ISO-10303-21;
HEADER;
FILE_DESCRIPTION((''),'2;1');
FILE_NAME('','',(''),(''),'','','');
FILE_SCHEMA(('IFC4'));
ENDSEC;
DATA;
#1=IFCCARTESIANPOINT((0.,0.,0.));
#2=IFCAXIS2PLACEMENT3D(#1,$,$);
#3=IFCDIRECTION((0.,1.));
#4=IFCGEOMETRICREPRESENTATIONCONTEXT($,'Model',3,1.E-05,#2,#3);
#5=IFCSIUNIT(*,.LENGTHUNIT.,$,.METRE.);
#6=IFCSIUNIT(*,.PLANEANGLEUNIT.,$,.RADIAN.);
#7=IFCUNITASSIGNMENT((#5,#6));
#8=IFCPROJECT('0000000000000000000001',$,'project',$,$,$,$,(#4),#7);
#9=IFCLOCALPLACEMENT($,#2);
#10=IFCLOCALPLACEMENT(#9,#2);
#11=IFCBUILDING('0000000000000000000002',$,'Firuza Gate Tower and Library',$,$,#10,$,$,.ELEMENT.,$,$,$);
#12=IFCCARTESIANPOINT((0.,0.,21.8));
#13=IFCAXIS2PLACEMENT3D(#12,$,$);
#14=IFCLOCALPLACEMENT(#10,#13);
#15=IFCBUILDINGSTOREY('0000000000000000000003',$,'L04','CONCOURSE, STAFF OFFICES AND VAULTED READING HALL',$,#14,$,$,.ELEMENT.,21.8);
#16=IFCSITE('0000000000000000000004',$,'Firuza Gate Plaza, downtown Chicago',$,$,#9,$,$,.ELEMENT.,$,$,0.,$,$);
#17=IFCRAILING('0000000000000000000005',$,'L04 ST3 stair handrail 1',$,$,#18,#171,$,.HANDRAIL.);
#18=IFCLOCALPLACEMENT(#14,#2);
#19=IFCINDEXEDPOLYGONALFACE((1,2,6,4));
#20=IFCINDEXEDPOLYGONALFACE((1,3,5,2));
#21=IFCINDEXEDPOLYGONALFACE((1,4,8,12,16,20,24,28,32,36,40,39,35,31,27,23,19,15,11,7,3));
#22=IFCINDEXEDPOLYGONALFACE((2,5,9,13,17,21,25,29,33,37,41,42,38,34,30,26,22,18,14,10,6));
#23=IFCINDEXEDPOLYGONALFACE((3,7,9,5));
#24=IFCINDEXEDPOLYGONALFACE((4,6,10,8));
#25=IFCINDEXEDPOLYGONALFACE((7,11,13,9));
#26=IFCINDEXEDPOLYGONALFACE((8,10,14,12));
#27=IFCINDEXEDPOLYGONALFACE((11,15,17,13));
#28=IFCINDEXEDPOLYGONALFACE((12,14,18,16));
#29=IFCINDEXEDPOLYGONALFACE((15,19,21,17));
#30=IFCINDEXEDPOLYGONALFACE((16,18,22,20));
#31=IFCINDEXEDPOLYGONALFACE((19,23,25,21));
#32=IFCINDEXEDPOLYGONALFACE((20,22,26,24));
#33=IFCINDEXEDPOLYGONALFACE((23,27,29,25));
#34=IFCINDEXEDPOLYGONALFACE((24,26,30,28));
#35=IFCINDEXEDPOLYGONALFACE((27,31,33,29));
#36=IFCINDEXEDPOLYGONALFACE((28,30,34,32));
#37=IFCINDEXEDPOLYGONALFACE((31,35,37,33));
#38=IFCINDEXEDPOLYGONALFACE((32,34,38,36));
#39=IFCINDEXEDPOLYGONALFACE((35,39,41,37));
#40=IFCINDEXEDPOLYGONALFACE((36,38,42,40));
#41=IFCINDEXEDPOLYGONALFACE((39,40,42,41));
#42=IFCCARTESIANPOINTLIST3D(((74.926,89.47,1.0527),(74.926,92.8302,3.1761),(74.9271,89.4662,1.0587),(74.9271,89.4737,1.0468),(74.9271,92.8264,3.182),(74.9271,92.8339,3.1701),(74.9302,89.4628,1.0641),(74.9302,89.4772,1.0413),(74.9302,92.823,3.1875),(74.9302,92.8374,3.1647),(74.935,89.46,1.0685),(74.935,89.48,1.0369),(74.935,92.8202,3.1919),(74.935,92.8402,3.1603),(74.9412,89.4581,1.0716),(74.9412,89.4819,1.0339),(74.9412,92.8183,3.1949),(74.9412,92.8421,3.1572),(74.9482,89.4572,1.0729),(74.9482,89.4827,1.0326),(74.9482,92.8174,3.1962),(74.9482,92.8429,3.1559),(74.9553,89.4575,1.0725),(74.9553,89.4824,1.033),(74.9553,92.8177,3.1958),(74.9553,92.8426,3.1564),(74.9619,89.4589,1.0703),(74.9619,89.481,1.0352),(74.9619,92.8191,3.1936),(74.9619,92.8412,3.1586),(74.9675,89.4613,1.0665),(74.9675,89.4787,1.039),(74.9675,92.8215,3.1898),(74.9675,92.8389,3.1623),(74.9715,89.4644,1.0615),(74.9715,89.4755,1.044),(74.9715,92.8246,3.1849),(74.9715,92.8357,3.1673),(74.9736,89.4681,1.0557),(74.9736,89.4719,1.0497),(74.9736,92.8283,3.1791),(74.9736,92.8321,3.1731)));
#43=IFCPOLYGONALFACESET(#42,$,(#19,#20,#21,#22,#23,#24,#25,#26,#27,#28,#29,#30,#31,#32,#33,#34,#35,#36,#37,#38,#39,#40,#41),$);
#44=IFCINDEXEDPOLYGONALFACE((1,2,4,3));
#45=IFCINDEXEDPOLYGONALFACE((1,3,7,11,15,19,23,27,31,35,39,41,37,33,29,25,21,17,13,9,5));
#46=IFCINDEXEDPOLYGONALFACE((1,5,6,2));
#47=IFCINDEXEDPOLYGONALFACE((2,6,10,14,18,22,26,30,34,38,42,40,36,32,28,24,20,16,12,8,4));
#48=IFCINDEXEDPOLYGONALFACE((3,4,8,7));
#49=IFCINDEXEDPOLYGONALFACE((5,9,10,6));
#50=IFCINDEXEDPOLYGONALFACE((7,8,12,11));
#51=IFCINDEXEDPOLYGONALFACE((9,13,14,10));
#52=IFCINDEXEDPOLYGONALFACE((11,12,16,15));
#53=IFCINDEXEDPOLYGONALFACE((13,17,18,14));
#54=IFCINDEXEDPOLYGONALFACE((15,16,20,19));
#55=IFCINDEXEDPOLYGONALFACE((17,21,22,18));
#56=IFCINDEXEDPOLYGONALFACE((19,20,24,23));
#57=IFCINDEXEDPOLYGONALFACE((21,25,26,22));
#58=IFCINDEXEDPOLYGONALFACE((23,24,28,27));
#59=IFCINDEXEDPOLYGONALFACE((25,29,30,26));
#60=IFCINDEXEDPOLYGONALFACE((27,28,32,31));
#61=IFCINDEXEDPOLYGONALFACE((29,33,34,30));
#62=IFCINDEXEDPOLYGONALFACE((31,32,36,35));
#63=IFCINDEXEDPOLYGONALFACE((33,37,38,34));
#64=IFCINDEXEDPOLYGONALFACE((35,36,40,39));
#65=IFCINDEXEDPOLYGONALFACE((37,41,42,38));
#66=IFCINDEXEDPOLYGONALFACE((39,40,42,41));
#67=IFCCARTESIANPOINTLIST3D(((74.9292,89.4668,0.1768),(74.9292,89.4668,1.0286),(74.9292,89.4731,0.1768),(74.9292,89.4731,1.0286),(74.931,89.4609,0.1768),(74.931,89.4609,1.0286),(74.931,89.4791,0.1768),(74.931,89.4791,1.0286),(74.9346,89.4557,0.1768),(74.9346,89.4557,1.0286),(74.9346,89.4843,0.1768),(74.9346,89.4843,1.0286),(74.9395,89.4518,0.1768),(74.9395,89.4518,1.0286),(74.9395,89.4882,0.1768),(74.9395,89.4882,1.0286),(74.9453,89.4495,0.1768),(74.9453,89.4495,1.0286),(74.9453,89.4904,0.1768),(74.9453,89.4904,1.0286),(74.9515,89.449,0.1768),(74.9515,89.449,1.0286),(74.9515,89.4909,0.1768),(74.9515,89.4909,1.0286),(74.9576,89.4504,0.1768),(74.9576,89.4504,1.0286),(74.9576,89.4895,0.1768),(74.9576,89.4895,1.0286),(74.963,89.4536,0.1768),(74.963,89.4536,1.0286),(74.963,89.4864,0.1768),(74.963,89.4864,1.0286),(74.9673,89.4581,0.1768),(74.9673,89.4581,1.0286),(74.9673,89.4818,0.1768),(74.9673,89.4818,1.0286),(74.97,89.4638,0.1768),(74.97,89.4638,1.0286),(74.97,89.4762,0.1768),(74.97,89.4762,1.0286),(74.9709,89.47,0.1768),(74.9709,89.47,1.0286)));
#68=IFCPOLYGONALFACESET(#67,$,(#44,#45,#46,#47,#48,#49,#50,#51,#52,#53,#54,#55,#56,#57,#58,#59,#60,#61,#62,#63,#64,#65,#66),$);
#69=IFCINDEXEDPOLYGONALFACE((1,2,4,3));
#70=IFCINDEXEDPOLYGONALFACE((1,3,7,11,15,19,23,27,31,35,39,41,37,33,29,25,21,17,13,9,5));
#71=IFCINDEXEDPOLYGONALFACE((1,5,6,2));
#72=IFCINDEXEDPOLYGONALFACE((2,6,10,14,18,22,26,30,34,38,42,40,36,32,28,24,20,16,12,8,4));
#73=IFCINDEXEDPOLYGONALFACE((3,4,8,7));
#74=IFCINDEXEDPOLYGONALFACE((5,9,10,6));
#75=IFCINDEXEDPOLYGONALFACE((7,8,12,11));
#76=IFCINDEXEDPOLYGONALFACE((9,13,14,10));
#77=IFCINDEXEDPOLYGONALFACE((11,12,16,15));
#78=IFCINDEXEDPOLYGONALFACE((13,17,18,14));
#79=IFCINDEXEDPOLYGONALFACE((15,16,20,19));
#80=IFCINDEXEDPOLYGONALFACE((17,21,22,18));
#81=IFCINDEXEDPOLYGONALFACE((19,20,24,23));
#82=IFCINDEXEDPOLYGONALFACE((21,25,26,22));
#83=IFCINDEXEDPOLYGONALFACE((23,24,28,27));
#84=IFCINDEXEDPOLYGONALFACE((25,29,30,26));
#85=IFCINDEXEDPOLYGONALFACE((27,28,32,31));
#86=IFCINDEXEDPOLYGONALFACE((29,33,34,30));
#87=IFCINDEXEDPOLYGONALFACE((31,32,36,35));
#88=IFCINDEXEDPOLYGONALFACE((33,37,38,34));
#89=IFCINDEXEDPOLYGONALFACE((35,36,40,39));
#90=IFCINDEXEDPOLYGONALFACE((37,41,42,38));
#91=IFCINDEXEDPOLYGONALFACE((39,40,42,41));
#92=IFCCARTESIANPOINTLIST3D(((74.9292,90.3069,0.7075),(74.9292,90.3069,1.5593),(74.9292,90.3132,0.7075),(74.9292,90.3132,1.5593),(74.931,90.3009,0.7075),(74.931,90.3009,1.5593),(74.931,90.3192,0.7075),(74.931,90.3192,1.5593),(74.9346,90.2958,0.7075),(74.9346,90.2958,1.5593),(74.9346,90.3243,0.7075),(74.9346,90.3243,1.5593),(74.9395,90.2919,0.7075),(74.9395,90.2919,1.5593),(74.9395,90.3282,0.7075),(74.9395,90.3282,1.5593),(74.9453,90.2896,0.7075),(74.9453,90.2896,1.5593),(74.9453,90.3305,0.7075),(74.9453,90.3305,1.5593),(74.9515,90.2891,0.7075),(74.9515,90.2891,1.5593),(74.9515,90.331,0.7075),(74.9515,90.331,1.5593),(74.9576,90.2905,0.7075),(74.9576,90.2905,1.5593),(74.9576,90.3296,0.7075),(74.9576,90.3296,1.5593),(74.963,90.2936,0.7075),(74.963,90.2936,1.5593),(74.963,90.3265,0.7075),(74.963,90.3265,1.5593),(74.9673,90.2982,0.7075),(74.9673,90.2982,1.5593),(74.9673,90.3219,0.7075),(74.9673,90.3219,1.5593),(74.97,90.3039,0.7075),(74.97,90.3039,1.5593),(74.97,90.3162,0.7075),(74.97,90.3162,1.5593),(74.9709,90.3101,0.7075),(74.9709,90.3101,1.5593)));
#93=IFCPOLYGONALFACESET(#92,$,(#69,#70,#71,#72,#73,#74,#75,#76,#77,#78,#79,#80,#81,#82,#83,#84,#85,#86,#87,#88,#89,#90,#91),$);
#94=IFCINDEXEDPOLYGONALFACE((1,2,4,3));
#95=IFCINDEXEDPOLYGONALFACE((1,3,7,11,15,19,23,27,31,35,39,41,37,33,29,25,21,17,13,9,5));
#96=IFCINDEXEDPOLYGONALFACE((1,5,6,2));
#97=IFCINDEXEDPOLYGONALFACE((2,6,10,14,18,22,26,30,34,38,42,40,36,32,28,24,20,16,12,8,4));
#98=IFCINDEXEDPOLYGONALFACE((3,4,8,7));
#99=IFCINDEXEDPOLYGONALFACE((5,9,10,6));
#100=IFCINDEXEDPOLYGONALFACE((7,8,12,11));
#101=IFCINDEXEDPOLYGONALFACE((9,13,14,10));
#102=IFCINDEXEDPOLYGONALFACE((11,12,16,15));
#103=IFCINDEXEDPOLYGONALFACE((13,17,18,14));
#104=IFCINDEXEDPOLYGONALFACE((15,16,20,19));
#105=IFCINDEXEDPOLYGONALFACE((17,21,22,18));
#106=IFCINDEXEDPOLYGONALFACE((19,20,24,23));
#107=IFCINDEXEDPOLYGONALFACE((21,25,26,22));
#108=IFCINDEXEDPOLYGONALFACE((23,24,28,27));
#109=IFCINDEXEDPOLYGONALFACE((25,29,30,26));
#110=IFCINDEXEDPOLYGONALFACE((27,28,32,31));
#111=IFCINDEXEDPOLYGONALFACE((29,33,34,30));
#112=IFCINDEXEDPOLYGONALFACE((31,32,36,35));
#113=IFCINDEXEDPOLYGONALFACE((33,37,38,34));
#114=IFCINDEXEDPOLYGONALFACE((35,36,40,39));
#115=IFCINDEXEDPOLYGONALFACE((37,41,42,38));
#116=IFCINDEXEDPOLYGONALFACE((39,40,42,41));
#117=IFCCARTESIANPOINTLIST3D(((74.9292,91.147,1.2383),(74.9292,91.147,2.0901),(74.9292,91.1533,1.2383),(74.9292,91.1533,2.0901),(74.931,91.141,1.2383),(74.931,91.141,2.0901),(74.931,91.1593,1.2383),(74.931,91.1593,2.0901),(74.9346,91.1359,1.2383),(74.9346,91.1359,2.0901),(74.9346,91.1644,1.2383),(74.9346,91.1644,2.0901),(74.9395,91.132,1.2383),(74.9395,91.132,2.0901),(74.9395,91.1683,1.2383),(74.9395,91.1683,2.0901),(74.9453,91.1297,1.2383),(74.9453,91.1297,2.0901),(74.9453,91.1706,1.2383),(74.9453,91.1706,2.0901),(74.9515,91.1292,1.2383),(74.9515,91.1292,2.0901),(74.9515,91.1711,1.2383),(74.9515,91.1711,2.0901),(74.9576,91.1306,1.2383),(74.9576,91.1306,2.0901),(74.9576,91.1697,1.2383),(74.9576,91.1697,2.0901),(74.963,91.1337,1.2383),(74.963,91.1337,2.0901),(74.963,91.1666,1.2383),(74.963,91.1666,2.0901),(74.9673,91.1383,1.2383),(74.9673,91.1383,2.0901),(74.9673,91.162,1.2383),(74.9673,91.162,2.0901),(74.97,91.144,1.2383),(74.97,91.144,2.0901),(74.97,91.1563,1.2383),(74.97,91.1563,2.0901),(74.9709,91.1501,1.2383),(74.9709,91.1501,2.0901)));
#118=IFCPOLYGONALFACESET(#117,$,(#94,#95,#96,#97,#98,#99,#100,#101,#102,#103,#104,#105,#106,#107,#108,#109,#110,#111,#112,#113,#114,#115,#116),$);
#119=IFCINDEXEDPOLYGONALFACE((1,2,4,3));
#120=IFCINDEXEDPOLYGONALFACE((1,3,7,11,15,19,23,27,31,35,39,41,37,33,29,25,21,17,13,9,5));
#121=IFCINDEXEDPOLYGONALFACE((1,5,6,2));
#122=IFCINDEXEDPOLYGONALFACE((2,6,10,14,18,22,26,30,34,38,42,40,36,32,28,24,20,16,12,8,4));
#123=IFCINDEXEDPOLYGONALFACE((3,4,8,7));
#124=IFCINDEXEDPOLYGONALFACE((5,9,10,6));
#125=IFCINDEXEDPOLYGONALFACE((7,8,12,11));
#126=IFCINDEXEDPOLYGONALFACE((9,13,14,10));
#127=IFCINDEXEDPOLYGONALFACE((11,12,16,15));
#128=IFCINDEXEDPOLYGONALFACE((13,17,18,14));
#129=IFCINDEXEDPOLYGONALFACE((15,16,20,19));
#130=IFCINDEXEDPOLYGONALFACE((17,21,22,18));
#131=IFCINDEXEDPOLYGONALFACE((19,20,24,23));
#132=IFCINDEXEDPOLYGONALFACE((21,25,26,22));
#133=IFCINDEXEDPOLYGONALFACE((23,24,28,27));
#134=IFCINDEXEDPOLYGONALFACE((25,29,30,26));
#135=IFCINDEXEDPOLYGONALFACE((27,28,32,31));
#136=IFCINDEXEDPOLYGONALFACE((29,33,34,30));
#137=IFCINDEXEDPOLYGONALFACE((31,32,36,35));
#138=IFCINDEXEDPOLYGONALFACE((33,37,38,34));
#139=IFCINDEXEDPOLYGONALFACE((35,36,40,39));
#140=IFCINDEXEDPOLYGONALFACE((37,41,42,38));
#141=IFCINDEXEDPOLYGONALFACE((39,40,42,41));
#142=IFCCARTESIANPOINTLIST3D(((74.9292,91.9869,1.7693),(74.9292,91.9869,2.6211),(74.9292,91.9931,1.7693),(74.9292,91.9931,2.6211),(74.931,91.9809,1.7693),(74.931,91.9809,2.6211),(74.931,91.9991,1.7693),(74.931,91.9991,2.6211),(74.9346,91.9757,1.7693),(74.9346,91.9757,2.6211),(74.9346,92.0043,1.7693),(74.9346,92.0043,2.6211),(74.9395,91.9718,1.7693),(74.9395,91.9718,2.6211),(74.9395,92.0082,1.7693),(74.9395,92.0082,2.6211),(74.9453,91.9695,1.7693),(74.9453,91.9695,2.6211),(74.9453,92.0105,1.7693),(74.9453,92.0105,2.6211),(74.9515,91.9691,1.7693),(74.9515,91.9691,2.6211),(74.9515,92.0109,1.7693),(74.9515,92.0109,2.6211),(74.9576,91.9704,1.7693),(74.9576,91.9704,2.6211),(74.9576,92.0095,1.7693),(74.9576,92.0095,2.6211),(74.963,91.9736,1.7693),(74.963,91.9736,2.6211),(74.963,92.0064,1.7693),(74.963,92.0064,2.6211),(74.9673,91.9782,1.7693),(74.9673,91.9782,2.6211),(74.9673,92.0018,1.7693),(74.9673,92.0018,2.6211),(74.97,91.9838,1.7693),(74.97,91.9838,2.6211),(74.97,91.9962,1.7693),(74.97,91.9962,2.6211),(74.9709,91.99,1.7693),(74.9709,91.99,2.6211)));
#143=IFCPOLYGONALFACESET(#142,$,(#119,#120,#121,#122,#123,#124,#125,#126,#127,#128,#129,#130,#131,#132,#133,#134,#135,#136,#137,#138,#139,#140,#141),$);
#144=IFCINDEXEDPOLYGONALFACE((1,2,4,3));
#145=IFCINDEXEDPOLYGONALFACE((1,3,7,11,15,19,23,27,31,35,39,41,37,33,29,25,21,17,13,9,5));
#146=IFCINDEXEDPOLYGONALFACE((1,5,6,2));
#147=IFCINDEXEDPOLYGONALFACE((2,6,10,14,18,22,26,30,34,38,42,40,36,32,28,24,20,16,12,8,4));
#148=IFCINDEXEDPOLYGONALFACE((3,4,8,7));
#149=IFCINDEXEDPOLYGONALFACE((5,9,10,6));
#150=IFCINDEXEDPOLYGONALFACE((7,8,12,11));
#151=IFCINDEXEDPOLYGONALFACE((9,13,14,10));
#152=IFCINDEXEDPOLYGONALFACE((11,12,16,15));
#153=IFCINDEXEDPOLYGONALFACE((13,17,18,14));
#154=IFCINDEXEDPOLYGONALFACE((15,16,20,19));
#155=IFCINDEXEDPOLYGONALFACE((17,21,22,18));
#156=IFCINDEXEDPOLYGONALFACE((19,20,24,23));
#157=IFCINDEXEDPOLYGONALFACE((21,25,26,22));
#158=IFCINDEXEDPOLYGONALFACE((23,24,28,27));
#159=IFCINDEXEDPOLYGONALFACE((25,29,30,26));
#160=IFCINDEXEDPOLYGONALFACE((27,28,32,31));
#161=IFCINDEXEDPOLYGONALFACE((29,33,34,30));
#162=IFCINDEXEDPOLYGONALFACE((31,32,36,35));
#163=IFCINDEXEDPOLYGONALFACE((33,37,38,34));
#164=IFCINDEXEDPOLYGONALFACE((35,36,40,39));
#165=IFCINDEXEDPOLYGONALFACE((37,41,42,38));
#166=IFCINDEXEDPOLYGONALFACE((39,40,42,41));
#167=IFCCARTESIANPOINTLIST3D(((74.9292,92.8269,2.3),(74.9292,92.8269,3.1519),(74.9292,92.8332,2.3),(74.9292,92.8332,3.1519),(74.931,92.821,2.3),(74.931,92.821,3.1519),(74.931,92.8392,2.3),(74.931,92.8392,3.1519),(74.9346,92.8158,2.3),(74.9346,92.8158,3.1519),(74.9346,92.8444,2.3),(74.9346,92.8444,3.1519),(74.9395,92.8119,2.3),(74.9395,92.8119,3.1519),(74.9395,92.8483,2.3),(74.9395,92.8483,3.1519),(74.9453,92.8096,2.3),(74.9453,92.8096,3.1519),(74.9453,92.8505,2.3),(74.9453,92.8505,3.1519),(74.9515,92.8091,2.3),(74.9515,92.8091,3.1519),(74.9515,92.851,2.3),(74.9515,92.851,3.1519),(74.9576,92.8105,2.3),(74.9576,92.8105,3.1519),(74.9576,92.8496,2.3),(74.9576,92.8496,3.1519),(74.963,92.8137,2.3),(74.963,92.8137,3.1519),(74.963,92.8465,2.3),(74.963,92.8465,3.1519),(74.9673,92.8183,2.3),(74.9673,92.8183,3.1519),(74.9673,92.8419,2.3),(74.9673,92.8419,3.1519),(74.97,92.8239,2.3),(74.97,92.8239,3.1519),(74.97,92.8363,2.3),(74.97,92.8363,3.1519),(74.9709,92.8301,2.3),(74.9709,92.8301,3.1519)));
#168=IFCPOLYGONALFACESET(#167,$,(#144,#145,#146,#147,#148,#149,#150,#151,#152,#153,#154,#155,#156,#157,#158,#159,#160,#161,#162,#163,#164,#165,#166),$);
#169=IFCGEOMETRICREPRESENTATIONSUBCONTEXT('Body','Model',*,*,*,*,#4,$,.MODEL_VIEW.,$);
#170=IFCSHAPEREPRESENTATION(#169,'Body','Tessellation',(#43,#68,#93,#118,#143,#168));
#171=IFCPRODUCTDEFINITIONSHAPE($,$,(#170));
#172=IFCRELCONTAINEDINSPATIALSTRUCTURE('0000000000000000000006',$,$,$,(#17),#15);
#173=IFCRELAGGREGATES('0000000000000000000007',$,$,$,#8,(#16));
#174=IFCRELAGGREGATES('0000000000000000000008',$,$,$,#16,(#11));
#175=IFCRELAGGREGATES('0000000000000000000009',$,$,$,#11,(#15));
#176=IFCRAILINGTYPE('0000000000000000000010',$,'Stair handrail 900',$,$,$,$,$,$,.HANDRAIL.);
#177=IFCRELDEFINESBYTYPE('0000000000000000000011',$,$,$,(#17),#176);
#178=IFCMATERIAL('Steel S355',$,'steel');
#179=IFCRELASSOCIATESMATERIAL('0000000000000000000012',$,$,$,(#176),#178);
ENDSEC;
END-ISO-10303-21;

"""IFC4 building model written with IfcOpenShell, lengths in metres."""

from ifc_helpers import new_model, si_unit, direction, frame, origin, origin_2d, place, context, subcontext, project, spatial, circle, extrude, material, type_object, element, save


model = new_model("IFC4")

# Units and contexts
model_context = context("Model", 3, precision=1e-05, world=origin(), true_north=direction((0.0, 1.0)))
body_context = subcontext(model_context, "Body", "Model", "MODEL_VIEW")
ifc_project = project(units=[si_unit("LENGTHUNIT", "METRE"), si_unit("PLANEANGLEUNIT", "RADIAN")], contexts=[model_context])

# Site, building, storey
site_placement = place(None, origin())
site = spatial("IfcSite", under=ifc_project, at=site_placement, Name="Firuza Gate Plaza, downtown Chicago", CompositionType="ELEMENT", RefElevation=0.0)
building_placement = place(site_placement, origin())
building = spatial("IfcBuilding", under=site, at=building_placement, Name="Firuza Gate Tower and Library", CompositionType="ELEMENT")
storey_placement = place(building_placement, frame((0.0, 0.0, 21.8)))
storey = spatial("IfcBuildingStorey", under=building, at=storey_placement, Name="L04", Description="CONCOURSE, STAFF OFFICES AND VAULTED READING HALL", CompositionType="ELEMENT", Elevation=21.8)

# Railing
ifc_material_1 = material(Name="Steel S355", Category="steel")
railing_type_1 = type_object("IfcRailingType", Name="Stair handrail 900", PredefinedType="HANDRAIL", material=ifc_material_1)
railing_1_placement = place(storey_placement, frame((74.95, 89.47, 0.1768)))
element("IfcRailing", 1, at=railing_1_placement, inside=storey, type_object=railing_type_1, Name="L04 ST3 stair handrail 1", PredefinedType="HANDRAIL", context=body_context, shape_type="SweptSolid", body=[
    extrude(circle(Radius=0.0239, at=origin_2d()), frame((0.0, 0.0, 0.876), z_axis=(0.0, 0.845362, 0.534194), x_axis=(-1.0, 0.0, 0.0)), (0.0, 0.0, 1.0), 3.9749),
    extrude(circle(Radius=0.021, at=origin_2d()), origin(), (0.0, 0.0, 1.0), 0.8518),
    extrude(circle(Radius=0.021, at=origin_2d()), frame((0.0, 0.8401, 0.5308)), (0.0, 0.0, 1.0), 0.8518),
    extrude(circle(Radius=0.021, at=origin_2d()), frame((0.0, 1.6802, 1.0615)), (0.0, 0.0, 1.0), 0.8518),
    extrude(circle(Radius=0.021, at=origin_2d()), frame((0.0, 2.52, 1.5925)), (0.0, 0.0, 1.0), 0.8518),
    extrude(circle(Radius=0.021, at=origin_2d()), frame((0.0, 3.3601, 2.1233)), (0.0, 0.0, 1.0), 0.8518),
])

save(model, "model.ifc")
